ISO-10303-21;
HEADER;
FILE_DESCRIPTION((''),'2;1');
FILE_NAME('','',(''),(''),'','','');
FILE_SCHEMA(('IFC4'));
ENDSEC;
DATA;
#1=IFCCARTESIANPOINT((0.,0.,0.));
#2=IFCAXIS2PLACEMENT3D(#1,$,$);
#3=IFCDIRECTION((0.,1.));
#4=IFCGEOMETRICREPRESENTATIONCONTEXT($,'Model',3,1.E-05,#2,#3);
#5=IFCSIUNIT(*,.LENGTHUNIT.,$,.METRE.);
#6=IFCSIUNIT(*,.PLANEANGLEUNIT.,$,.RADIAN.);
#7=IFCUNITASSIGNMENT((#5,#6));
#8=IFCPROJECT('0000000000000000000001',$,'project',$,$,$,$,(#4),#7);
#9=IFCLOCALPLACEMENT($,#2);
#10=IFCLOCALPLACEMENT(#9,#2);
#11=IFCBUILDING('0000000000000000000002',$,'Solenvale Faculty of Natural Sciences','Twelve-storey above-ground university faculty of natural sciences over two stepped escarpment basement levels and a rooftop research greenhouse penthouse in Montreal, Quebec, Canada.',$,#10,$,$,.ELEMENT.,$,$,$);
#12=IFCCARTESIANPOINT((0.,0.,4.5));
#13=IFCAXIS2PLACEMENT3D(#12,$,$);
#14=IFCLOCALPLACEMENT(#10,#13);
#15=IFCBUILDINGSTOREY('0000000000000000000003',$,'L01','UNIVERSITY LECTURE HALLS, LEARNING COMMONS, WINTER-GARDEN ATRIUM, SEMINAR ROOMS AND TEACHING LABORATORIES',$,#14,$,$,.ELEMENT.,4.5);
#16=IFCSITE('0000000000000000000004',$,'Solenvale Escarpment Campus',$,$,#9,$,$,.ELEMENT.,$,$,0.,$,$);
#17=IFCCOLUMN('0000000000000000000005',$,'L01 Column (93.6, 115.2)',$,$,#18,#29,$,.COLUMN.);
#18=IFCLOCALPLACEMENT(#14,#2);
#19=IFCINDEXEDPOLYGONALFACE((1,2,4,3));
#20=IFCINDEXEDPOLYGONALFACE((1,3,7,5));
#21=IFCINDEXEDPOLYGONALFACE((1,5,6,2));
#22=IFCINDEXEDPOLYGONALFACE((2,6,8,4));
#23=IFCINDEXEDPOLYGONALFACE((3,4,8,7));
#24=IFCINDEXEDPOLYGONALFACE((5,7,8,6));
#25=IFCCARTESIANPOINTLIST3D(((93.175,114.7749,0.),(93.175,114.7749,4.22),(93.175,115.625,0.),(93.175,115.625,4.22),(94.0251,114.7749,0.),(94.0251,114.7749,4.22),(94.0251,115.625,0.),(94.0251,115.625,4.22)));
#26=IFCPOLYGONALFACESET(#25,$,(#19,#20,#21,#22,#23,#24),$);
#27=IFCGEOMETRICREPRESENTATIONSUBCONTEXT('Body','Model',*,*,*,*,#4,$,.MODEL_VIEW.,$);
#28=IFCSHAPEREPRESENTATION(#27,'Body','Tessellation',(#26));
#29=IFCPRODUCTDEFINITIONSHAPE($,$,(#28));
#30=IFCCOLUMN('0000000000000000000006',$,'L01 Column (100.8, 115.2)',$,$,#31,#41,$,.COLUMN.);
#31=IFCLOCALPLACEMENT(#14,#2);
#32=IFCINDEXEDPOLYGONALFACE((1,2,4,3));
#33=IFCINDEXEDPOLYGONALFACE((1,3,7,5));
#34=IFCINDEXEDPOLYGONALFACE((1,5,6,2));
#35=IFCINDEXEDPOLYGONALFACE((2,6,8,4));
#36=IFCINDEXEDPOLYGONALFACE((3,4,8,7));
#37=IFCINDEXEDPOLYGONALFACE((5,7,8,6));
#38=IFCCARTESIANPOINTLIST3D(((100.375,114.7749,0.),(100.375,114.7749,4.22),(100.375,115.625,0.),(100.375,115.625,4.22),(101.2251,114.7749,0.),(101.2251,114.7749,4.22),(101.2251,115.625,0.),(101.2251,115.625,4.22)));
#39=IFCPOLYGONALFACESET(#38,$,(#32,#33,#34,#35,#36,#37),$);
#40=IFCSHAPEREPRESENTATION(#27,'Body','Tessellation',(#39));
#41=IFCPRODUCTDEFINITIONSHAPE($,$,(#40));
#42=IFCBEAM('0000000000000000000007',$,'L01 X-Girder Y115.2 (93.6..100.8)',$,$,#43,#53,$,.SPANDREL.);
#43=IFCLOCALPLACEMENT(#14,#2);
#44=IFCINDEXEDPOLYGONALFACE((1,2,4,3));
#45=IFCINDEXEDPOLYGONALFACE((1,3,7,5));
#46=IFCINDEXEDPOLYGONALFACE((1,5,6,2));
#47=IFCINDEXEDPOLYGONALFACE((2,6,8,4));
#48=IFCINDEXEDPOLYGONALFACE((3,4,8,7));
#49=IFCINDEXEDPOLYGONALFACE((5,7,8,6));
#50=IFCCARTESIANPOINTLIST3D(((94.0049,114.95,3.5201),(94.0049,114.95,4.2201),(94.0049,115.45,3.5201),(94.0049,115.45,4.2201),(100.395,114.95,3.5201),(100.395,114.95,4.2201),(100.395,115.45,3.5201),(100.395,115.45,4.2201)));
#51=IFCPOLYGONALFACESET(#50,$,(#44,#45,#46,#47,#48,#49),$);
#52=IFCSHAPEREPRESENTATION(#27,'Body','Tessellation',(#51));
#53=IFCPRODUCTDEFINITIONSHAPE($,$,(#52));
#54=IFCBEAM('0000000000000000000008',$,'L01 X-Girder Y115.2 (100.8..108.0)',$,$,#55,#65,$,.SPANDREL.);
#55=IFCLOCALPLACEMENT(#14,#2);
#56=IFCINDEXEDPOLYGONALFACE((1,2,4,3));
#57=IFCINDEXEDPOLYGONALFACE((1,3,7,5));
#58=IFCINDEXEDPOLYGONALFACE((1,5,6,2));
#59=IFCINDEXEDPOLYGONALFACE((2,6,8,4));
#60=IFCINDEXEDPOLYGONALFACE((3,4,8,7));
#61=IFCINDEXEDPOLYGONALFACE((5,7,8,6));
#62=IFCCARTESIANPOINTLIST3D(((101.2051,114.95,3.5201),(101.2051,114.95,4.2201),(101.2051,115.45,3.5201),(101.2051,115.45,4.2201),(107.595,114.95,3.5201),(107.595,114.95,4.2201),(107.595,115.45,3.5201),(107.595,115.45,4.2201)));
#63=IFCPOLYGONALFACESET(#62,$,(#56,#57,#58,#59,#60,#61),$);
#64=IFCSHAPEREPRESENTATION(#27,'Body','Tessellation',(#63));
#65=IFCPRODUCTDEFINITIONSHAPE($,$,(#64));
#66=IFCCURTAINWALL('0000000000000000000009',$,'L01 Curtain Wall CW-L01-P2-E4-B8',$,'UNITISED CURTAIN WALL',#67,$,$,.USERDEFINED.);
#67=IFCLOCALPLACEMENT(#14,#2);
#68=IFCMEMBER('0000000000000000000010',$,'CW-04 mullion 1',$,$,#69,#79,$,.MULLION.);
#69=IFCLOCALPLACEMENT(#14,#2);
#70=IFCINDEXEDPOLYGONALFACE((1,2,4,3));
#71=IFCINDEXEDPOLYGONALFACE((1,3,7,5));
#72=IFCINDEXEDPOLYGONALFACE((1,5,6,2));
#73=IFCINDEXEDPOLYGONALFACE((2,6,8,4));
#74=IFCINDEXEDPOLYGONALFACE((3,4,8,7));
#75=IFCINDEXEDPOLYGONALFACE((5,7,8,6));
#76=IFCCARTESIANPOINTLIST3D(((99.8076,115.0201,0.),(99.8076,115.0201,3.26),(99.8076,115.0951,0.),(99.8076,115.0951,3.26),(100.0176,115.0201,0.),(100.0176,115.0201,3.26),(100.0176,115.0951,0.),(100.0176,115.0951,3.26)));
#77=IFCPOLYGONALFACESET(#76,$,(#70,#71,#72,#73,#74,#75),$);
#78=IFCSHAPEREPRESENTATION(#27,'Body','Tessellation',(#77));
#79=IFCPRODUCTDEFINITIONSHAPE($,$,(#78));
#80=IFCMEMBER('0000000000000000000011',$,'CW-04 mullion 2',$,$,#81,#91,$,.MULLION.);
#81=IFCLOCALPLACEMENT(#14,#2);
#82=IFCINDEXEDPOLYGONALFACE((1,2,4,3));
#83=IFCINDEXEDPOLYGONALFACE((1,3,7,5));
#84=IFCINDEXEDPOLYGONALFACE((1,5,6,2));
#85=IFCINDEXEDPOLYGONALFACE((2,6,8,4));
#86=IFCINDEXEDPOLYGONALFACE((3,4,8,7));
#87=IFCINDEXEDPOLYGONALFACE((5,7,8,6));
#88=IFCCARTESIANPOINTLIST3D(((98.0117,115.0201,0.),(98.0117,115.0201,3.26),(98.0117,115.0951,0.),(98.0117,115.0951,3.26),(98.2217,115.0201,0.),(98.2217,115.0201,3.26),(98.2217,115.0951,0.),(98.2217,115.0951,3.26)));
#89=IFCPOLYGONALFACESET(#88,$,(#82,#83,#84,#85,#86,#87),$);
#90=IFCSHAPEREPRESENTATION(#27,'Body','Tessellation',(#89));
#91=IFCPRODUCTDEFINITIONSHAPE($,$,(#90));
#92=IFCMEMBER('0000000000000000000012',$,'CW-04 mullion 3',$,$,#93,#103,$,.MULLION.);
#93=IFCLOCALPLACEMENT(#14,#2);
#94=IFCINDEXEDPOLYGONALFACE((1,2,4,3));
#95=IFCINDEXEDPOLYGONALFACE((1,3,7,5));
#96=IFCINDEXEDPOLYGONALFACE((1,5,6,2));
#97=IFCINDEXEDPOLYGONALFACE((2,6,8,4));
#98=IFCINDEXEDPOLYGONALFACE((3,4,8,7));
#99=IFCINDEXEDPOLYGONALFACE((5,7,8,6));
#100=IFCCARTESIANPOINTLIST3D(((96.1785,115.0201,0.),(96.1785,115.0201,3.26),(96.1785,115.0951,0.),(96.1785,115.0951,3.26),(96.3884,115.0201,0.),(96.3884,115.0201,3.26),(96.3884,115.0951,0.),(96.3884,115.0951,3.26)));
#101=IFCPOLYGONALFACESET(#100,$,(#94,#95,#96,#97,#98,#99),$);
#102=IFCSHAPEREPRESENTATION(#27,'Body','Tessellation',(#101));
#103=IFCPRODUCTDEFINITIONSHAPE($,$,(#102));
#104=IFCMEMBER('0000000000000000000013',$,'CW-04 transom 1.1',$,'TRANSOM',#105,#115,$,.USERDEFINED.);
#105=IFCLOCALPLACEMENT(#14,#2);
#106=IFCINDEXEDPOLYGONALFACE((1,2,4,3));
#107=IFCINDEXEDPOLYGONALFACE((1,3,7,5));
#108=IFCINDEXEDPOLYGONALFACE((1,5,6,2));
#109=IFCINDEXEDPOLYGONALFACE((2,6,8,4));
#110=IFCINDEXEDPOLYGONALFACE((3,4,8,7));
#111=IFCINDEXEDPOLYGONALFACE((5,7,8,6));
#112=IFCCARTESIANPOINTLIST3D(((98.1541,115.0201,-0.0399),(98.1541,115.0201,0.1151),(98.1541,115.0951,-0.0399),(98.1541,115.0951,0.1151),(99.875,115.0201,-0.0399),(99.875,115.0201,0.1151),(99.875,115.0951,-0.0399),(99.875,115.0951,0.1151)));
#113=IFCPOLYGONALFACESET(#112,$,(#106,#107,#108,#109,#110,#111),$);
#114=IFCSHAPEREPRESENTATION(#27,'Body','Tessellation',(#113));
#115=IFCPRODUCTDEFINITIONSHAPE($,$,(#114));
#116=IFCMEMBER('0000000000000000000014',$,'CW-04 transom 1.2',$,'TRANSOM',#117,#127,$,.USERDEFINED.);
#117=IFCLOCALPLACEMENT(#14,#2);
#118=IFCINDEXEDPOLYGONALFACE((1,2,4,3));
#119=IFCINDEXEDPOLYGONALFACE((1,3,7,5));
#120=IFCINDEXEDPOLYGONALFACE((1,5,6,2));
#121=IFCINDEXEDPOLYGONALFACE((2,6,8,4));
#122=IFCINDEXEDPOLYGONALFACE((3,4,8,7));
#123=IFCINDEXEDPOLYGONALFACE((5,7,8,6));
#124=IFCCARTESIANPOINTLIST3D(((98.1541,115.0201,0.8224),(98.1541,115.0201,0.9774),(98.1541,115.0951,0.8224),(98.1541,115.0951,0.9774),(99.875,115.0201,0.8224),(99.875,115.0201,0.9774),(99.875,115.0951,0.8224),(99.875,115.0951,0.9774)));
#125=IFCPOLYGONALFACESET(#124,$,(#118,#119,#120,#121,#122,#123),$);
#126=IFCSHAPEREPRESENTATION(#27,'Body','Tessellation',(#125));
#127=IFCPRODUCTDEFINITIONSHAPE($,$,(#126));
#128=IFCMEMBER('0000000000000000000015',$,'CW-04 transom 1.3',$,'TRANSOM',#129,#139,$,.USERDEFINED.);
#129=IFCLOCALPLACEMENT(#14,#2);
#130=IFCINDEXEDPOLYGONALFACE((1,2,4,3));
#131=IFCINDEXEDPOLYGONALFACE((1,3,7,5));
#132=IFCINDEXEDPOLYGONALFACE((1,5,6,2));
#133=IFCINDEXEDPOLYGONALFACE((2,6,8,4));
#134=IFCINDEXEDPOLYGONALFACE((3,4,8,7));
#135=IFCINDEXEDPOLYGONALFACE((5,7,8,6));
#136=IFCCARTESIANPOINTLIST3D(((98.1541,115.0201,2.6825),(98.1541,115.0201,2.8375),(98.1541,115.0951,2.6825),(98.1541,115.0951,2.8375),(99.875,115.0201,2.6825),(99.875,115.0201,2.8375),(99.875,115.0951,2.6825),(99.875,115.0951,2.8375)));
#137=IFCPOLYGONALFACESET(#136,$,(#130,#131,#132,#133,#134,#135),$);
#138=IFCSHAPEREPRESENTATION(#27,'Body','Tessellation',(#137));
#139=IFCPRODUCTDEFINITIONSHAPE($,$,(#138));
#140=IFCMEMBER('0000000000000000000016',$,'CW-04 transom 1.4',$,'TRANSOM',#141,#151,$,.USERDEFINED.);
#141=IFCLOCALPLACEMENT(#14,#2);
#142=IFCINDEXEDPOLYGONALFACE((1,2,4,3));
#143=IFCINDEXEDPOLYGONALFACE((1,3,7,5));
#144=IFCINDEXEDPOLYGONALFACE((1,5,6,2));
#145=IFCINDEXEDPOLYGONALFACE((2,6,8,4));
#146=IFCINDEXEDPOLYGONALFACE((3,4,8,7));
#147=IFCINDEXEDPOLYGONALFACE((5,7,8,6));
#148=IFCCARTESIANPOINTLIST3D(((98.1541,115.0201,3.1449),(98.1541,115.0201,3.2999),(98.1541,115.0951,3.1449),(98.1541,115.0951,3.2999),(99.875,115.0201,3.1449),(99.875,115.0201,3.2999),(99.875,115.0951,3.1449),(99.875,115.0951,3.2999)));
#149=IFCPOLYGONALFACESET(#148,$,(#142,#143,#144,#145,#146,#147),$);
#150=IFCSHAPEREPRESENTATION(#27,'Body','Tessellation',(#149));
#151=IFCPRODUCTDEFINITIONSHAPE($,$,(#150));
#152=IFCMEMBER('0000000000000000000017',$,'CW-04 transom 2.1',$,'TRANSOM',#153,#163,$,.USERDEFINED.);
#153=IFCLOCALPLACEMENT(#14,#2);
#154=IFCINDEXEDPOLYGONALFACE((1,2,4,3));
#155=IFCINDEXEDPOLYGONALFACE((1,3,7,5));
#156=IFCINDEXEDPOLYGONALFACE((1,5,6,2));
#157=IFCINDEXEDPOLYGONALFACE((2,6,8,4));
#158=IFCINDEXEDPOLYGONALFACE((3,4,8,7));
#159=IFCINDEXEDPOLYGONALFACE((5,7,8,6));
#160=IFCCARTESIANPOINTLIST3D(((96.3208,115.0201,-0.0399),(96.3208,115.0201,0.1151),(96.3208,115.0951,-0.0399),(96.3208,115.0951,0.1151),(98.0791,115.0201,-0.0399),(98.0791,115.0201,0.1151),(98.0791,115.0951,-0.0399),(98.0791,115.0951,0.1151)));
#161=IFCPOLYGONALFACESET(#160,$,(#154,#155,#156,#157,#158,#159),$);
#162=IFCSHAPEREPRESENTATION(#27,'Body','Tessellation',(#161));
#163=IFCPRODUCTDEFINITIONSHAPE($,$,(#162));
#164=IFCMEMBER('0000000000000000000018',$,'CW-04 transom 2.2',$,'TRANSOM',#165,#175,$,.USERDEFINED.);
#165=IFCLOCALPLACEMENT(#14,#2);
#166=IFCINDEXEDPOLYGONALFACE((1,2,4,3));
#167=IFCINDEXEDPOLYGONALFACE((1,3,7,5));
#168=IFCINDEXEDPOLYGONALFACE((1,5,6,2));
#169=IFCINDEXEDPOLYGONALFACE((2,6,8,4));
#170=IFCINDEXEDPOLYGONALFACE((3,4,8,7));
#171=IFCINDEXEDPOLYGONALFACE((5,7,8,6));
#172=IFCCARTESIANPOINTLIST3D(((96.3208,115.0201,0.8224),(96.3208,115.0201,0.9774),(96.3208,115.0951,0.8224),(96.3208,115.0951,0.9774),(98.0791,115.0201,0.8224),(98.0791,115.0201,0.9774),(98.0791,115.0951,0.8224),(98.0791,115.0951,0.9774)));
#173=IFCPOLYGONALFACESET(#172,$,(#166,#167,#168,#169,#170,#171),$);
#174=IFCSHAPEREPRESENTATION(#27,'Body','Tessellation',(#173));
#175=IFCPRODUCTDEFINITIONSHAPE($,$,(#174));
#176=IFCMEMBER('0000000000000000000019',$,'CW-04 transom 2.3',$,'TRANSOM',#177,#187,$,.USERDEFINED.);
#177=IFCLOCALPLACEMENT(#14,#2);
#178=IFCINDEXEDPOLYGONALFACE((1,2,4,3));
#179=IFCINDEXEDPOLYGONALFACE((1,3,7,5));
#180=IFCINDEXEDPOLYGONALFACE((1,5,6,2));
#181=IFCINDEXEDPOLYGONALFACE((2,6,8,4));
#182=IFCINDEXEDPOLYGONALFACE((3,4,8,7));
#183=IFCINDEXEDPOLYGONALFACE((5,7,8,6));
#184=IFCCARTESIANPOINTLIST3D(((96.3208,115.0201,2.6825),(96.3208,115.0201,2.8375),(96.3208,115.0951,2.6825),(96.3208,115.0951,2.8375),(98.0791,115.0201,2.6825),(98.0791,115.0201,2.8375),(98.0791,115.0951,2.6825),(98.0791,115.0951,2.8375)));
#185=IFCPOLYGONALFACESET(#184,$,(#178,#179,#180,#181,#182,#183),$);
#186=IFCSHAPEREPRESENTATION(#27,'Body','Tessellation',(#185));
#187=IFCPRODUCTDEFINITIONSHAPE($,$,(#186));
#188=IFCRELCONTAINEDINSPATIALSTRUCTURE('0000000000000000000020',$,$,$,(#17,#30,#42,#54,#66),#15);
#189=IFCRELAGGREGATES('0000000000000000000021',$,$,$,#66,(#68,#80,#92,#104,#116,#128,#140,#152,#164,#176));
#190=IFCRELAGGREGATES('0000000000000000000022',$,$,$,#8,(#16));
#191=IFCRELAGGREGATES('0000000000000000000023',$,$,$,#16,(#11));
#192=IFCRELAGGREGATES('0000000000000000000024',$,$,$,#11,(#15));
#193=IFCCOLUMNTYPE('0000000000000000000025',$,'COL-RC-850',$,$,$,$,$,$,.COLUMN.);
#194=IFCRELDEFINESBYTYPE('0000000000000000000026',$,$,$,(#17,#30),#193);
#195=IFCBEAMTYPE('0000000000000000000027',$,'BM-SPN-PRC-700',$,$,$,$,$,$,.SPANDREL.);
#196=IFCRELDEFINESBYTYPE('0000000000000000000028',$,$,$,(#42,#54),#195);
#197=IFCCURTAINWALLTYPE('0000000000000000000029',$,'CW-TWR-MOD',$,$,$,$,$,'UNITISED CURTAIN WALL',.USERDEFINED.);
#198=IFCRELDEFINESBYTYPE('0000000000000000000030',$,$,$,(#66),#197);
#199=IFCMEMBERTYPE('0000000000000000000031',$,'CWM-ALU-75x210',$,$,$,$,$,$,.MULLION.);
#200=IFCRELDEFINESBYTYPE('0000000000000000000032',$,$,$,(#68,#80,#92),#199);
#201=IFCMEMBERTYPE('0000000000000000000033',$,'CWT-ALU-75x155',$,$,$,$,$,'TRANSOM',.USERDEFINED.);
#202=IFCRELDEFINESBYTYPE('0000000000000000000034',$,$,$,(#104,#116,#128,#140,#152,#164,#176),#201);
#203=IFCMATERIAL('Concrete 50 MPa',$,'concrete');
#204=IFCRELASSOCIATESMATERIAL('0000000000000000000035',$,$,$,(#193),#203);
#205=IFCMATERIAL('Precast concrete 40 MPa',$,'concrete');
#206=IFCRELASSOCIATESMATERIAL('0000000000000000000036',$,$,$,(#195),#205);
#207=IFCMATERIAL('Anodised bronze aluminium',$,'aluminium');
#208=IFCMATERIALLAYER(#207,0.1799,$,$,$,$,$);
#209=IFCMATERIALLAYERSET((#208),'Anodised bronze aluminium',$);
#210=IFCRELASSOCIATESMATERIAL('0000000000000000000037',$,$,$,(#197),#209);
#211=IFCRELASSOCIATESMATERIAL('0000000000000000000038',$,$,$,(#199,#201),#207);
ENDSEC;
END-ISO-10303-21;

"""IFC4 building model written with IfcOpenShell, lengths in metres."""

from ifc_helpers import new_model, si_unit, direction, frame, origin, origin_2d, place, context, subcontext, project, spatial, rectangle, extrude, material, layer, layer_set, material_profile, profile_set, type_object, element, aggregate, save


model = new_model("IFC4")

# Units and contexts
model_context = context("Model", 3, precision=1e-05, world=origin(), true_north=direction((0.0, 1.0)))
body_context = subcontext(model_context, "Body", "Model", "MODEL_VIEW")
ifc_project = project(units=[si_unit("LENGTHUNIT", "METRE"), si_unit("PLANEANGLEUNIT", "RADIAN")], contexts=[model_context])

# Site, building, storey
site_placement = place(None, origin())
site = spatial("IfcSite", under=ifc_project, at=site_placement, Name="Solenvale Escarpment Campus", CompositionType="ELEMENT", RefElevation=0.0)
building_placement = place(site_placement, origin())
building = spatial("IfcBuilding", under=site, at=building_placement, Name="Solenvale Faculty of Natural Sciences", Description="Twelve-storey above-ground university faculty of natural sciences over two stepped escarpment basement levels and a rooftop research greenhouse penthouse in Montreal, Quebec, Canada.", CompositionType="ELEMENT")
storey_placement = place(building_placement, frame((0.0, 0.0, 4.5)))
storey = spatial("IfcBuildingStorey", under=building, at=storey_placement, Name="L01", Description="UNIVERSITY LECTURE HALLS, LEARNING COMMONS, WINTER-GARDEN ATRIUM, SEMINAR ROOMS AND TEACHING LABORATORIES", CompositionType="ELEMENT", Elevation=4.5)

# Columns
ifc_material_1 = material(Name="Concrete 50 MPa", Category="concrete")
ifc_material_profile_1 = material_profile(ifc_material_1, rectangle(XDim=0.8501, YDim=0.8501, at=origin_2d()), Name="RC-COL-850x850")
ifc_profile_set_1 = profile_set([ifc_material_profile_1], Name="Concrete 50 MPa")
column_type = type_object("IfcColumnType", Name="COL-RC-850", PredefinedType="COLUMN", material=ifc_profile_set_1)
for number, where, z_axis, x_axis, name in (
    (1, (93.6001, 115.2, 0.0), (0.0, 0.0, 1.0), (1.0, 0.0, 0.0), "L01 Column (93.6, 115.2)"),
    (2, (100.8, 115.2, 0.0), (0.0, 0.0, 1.0), (1.0, 0.0, 0.0), "L01 Column (100.8, 115.2)"),
):
    element("IfcColumn", number, at=place(storey_placement, frame(where, z_axis=z_axis, x_axis=x_axis)), inside=storey, type_object=column_type, Name=name, PredefinedType="COLUMN", context=body_context, shape_type="SweptSolid", body=[
        extrude(rectangle(XDim=0.8501, YDim=0.8501, at=origin_2d()), origin(), (0.0, 0.0, 1.0), 4.22),
    ])

# Beams
ifc_material_2 = material(Name="Precast concrete 40 MPa", Category="concrete")
ifc_material_profile_2 = material_profile(ifc_material_2, rectangle(XDim=0.5, YDim=0.7, at=origin_2d()), Name="RC-BM-500x700")
ifc_profile_set_2 = profile_set([ifc_material_profile_2], Name="Precast concrete 40 MPa")
beam_type = type_object("IfcBeamType", Name="BM-SPN-PRC-700", PredefinedType="SPANDREL", material=ifc_profile_set_2)
beam_1_placement = place(storey_placement, frame((94.0049, 115.2, 3.8701), z_axis=(1.0, 0.0, 0.0), x_axis=(0.0, 1.0, 0.0)))
element("IfcBeam", 3, at=beam_1_placement, inside=storey, type_object=beam_type, Name="L01 X-Girder Y115.2 (93.6..100.8)", PredefinedType="SPANDREL", context=body_context, shape_type="SweptSolid", body=[
    extrude(rectangle(XDim=0.5, YDim=0.7, at=origin_2d()), origin(), (0.0, 0.0, 1.0), 6.3901),
])
beam_2_placement = place(storey_placement, frame((101.2051, 115.2, 3.8701), z_axis=(1.0, 0.0, 0.0), x_axis=(0.0, 1.0, 0.0)))
element("IfcBeam", 4, at=beam_2_placement, inside=storey, type_object=beam_type, Name="L01 X-Girder Y115.2 (100.8..108.0)", PredefinedType="SPANDREL", context=body_context, shape_type="SweptSolid", body=[
    extrude(rectangle(XDim=0.5, YDim=0.7, at=origin_2d()), origin(), (0.0, 0.0, 1.0), 6.3899),
])

# Curtain wall, members
ifc_material_3 = material(Name="Anodised bronze aluminium", Category="aluminium")
ifc_layer_1 = layer(ifc_material_3, 0.1799)
ifc_layer_set_1 = layer_set([ifc_layer_1], Name="Anodised bronze aluminium")
curtain_wall_type = type_object("IfcCurtainWallType", Name="CW-TWR-MOD", ElementType="UNITISED CURTAIN WALL", PredefinedType="USERDEFINED", material=ifc_layer_set_1)
curtain_wall_placement = place(storey_placement, origin())
curtain_wall = element("IfcCurtainWall", 5, at=curtain_wall_placement, inside=storey, type_object=curtain_wall_type, Name="L01 Curtain Wall CW-L01-P2-E4-B8", ObjectType="UNITISED CURTAIN WALL", PredefinedType="USERDEFINED")
ifc_material_profile_3 = material_profile(ifc_material_3, rectangle(XDim=0.075, YDim=0.21, at=origin_2d()), Name="ALU-MUL-75x210")
ifc_profile_set_3 = profile_set([ifc_material_profile_3], Name="Anodised bronze aluminium")
member_type_1 = type_object("IfcMemberType", Name="CWM-ALU-75x210", PredefinedType="MULLION", material=ifc_profile_set_3)
member_1_placement = place(storey_placement, frame((99.9126, 115.0576, 0.0), z_axis=(0.0, 0.0, 1.0), x_axis=(0.0, -1.0, 0.0)))
member_1 = element("IfcMember", 6, at=member_1_placement, type_object=member_type_1, Name="CW-04 mullion 1", PredefinedType="MULLION", context=body_context, shape_type="SweptSolid", body=[
    extrude(rectangle(XDim=0.075, YDim=0.21, at=origin_2d()), origin(), (0.0, 0.0, 1.0), 3.26),
])
member_2_placement = place(storey_placement, frame((98.1167, 115.0576, 0.0), z_axis=(0.0, 0.0, 1.0), x_axis=(0.0, -1.0, 0.0)))
member_2 = element("IfcMember", 7, at=member_2_placement, type_object=member_type_1, Name="CW-04 mullion 2", PredefinedType="MULLION", context=body_context, shape_type="SweptSolid", body=[
    extrude(rectangle(XDim=0.075, YDim=0.21, at=origin_2d()), origin(), (0.0, 0.0, 1.0), 3.26),
])
member_3_placement = place(storey_placement, frame((96.2834, 115.0576, 0.0), z_axis=(0.0, 0.0, 1.0), x_axis=(0.0, -1.0, 0.0)))
member_3 = element("IfcMember", 8, at=member_3_placement, type_object=member_type_1, Name="CW-04 mullion 3", PredefinedType="MULLION", context=body_context, shape_type="SweptSolid", body=[
    extrude(rectangle(XDim=0.075, YDim=0.21, at=origin_2d()), origin(), (0.0, 0.0, 1.0), 3.26),
])
ifc_material_profile_4 = material_profile(ifc_material_3, rectangle(XDim=0.075, YDim=0.155, at=origin_2d()), Name="ALU-TRN-75x155")
ifc_profile_set_4 = profile_set([ifc_material_profile_4], Name="Anodised bronze aluminium")
member_type_2 = type_object("IfcMemberType", Name="CWT-ALU-75x155", ElementType="TRANSOM", PredefinedType="USERDEFINED", material=ifc_profile_set_4)
member_4_placement = place(storey_placement, frame((99.875, 115.0576, 0.0376), z_axis=(-1.0, 0.0, 0.0), x_axis=(0.0, -1.0, 0.0)))
member_4 = element("IfcMember", 9, at=member_4_placement, type_object=member_type_2, Name="CW-04 transom 1.1", ObjectType="TRANSOM", PredefinedType="USERDEFINED", context=body_context, shape_type="SweptSolid", body=[
    extrude(rectangle(XDim=0.075, YDim=0.155, at=origin_2d()), origin(), (0.0, 0.0, 1.0), 1.7209),
])
member_5_placement = place(storey_placement, frame((99.875, 115.0576, 0.8999), z_axis=(-1.0, 0.0, 0.0), x_axis=(0.0, -1.0, 0.0)))
member_5 = element("IfcMember", 10, at=member_5_placement, type_object=member_type_2, Name="CW-04 transom 1.2", ObjectType="TRANSOM", PredefinedType="USERDEFINED", context=body_context, shape_type="SweptSolid", body=[
    extrude(rectangle(XDim=0.075, YDim=0.155, at=origin_2d()), origin(), (0.0, 0.0, 1.0), 1.7209),
])
member_6_placement = place(storey_placement, frame((99.875, 115.0576, 2.76), z_axis=(-1.0, 0.0, 0.0), x_axis=(0.0, -1.0, 0.0)))
member_6 = element("IfcMember", 11, at=member_6_placement, type_object=member_type_2, Name="CW-04 transom 1.3", ObjectType="TRANSOM", PredefinedType="USERDEFINED", context=body_context, shape_type="SweptSolid", body=[
    extrude(rectangle(XDim=0.075, YDim=0.155, at=origin_2d()), origin(), (0.0, 0.0, 1.0), 1.7209),
])
member_7_placement = place(storey_placement, frame((99.875, 115.0576, 3.2224), z_axis=(-1.0, 0.0, 0.0), x_axis=(0.0, -1.0, 0.0)))
member_7 = element("IfcMember", 12, at=member_7_placement, type_object=member_type_2, Name="CW-04 transom 1.4", ObjectType="TRANSOM", PredefinedType="USERDEFINED", context=body_context, shape_type="SweptSolid", body=[
    extrude(rectangle(XDim=0.075, YDim=0.155, at=origin_2d()), origin(), (0.0, 0.0, 1.0), 1.7209),
])
member_8_placement = place(storey_placement, frame((98.0791, 115.0576, 0.0376), z_axis=(-1.0, 0.0, 0.0), x_axis=(0.0, -1.0, 0.0)))
member_8 = element("IfcMember", 13, at=member_8_placement, type_object=member_type_2, Name="CW-04 transom 2.1", ObjectType="TRANSOM", PredefinedType="USERDEFINED", context=body_context, shape_type="SweptSolid", body=[
    extrude(rectangle(XDim=0.075, YDim=0.155, at=origin_2d()), origin(), (0.0, 0.0, 1.0), 1.7583),
])
member_9_placement = place(storey_placement, frame((98.0791, 115.0576, 0.8999), z_axis=(-1.0, 0.0, 0.0), x_axis=(0.0, -1.0, 0.0)))
member_9 = element("IfcMember", 14, at=member_9_placement, type_object=member_type_2, Name="CW-04 transom 2.2", ObjectType="TRANSOM", PredefinedType="USERDEFINED", context=body_context, shape_type="SweptSolid", body=[
    extrude(rectangle(XDim=0.075, YDim=0.155, at=origin_2d()), origin(), (0.0, 0.0, 1.0), 1.7583),
])
member_10_placement = place(storey_placement, frame((98.0791, 115.0576, 2.76), z_axis=(-1.0, 0.0, 0.0), x_axis=(0.0, -1.0, 0.0)))
member_10 = element("IfcMember", 15, at=member_10_placement, type_object=member_type_2, Name="CW-04 transom 2.3", ObjectType="TRANSOM", PredefinedType="USERDEFINED", context=body_context, shape_type="SweptSolid", body=[
    extrude(rectangle(XDim=0.075, YDim=0.155, at=origin_2d()), origin(), (0.0, 0.0, 1.0), 1.7583),
])
aggregate(curtain_wall, [member_1, member_2, member_3, member_4, member_5, member_6, member_7, member_8, member_9, member_10])

save(model, "model.ifc")
